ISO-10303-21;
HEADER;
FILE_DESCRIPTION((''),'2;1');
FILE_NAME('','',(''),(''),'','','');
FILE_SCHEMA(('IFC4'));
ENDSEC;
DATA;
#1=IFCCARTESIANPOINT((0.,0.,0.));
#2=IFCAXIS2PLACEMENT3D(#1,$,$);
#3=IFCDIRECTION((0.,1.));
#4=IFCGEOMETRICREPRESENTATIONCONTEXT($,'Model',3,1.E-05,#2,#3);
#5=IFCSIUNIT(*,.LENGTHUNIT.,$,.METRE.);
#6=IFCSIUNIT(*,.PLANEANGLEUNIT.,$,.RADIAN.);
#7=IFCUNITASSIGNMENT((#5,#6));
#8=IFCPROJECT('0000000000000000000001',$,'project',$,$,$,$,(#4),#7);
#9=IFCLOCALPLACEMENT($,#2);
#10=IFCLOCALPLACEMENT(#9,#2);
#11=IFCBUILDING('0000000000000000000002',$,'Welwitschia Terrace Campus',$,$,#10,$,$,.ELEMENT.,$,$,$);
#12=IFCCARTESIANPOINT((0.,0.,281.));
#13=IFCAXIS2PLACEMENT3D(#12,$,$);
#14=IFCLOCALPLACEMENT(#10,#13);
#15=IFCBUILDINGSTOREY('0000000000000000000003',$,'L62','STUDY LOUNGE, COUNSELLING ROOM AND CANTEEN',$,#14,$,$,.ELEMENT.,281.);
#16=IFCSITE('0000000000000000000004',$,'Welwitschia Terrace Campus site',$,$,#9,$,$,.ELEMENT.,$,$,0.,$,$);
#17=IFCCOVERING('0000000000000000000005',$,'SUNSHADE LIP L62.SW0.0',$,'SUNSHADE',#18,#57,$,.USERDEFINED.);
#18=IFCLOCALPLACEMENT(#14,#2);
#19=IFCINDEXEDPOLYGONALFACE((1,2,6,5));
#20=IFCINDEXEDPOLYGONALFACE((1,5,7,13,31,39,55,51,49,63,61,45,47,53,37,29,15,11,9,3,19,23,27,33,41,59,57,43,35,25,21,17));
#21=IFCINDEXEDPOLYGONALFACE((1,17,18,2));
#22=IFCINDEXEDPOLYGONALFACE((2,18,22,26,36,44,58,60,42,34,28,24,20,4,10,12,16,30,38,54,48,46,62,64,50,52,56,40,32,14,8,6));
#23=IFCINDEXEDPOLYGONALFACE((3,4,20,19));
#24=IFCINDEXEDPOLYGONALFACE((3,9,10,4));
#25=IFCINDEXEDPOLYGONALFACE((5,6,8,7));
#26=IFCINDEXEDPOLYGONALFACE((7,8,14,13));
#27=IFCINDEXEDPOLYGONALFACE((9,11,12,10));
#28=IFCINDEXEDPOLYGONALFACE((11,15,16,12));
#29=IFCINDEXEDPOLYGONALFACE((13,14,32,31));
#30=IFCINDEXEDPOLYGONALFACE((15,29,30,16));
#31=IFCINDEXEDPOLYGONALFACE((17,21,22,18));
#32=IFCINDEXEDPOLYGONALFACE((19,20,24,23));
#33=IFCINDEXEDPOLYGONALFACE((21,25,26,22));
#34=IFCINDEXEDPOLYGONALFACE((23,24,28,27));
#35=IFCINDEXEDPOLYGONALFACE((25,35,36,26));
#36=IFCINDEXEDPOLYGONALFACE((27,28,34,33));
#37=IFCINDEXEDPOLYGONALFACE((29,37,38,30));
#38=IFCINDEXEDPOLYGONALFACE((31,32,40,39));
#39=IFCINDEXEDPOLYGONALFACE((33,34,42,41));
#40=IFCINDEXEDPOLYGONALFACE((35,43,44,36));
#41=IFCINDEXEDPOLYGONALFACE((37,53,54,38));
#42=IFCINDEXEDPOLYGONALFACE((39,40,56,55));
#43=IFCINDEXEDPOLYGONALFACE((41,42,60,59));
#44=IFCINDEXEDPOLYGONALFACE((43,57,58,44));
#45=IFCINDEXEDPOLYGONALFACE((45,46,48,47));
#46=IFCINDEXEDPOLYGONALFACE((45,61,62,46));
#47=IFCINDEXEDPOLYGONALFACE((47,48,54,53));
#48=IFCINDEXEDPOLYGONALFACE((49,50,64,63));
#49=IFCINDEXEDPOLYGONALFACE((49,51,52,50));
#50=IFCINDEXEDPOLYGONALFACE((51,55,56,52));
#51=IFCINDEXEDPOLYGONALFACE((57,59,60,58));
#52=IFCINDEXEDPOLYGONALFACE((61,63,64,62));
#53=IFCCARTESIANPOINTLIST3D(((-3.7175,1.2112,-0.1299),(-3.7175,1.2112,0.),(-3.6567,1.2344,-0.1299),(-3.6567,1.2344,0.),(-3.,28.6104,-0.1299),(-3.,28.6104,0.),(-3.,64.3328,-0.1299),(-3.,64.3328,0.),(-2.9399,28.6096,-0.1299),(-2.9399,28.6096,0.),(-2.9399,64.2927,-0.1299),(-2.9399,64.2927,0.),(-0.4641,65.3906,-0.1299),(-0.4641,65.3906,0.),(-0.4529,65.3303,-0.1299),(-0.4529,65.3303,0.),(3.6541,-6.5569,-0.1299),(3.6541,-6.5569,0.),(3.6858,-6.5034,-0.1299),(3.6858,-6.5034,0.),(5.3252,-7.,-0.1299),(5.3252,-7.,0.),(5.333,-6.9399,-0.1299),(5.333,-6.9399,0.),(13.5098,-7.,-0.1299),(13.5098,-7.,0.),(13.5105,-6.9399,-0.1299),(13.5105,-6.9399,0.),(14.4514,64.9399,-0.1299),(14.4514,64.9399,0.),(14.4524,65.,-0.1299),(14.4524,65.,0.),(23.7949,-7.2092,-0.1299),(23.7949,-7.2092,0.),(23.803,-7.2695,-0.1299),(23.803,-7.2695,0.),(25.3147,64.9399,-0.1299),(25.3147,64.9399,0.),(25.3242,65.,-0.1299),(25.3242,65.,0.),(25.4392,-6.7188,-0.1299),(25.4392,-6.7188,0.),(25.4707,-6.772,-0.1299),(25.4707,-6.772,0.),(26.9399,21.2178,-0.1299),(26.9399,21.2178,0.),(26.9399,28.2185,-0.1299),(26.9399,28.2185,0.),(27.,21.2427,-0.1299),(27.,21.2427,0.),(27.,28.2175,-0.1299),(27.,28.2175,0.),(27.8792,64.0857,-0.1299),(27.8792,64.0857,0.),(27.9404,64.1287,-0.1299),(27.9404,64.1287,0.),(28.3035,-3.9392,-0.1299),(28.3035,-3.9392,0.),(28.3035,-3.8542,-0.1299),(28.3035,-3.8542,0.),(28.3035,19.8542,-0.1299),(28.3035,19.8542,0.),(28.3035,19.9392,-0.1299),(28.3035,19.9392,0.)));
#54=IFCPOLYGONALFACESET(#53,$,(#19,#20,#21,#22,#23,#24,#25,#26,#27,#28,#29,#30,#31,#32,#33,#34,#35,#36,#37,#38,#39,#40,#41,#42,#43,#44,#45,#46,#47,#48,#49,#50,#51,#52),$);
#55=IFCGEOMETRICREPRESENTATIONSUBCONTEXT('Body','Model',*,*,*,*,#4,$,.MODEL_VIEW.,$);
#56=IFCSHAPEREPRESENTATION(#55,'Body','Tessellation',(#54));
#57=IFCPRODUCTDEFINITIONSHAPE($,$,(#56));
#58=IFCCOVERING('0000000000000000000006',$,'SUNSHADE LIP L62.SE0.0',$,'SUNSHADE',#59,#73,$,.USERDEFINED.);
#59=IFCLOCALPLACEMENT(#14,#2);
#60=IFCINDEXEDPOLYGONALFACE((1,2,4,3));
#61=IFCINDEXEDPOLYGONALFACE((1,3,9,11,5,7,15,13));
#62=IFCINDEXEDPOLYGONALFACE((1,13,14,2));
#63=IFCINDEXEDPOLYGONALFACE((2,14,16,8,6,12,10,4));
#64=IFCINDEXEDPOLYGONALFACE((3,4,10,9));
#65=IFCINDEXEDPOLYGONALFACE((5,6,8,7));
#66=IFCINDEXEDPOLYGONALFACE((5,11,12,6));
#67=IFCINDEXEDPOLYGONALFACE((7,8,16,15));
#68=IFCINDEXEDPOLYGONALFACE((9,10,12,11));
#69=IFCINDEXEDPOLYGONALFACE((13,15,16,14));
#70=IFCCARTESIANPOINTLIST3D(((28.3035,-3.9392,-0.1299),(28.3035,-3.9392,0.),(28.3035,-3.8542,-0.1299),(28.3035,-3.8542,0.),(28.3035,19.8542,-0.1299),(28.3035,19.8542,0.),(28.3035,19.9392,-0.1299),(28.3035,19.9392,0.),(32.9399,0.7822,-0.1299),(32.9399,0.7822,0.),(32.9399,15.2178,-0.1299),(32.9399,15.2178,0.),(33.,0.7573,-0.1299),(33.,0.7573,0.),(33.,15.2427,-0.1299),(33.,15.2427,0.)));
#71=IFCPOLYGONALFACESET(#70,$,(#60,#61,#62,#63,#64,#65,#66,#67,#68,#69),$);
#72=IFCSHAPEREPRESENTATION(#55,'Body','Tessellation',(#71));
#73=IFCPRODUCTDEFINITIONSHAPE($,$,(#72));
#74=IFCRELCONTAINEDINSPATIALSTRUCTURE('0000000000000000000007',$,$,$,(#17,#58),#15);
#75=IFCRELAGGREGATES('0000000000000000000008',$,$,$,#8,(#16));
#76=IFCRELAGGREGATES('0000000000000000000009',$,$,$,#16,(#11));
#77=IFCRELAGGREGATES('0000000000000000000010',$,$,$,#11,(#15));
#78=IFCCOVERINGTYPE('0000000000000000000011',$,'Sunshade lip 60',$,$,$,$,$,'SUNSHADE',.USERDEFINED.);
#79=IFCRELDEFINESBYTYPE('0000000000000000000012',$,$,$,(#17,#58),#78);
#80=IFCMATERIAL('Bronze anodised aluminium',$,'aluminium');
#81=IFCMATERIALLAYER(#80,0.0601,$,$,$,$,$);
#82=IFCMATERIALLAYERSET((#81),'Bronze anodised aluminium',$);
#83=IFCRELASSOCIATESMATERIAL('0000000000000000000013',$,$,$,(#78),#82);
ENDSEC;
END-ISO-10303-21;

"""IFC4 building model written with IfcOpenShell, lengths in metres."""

from ifc_helpers import new_model, si_unit, direction, frame, origin, place, context, subcontext, project, spatial, polyline, outline, extrude, material, layer, layer_set, type_object, element, save


model = new_model("IFC4")

# Units and contexts
model_context = context("Model", 3, precision=1e-05, world=origin(), true_north=direction((0.0, 1.0)))
body_context = subcontext(model_context, "Body", "Model", "MODEL_VIEW")
ifc_project = project(units=[si_unit("LENGTHUNIT", "METRE"), si_unit("PLANEANGLEUNIT", "RADIAN")], contexts=[model_context])

# Site, building, storey
site_placement = place(None, origin())
site = spatial("IfcSite", under=ifc_project, at=site_placement, Name="Welwitschia Terrace Campus site", CompositionType="ELEMENT", RefElevation=0.0)
building_placement = place(site_placement, origin())
building = spatial("IfcBuilding", under=site, at=building_placement, Name="Welwitschia Terrace Campus", CompositionType="ELEMENT")
storey_placement = place(building_placement, frame((0.0, 0.0, 281.0)))
storey = spatial("IfcBuildingStorey", under=building, at=storey_placement, Name="L62", Description="STUDY LOUNGE, COUNSELLING ROOM AND CANTEEN", CompositionType="ELEMENT", Elevation=281.0)

# Coverings
ifc_material_1 = material(Name="Bronze anodised aluminium", Category="aluminium")
ifc_layer_1 = layer(ifc_material_1, 0.0601)
ifc_layer_set_1 = layer_set([ifc_layer_1], Name="Bronze anodised aluminium")
covering_type_1 = type_object("IfcCoveringType", Name="Sunshade lip 60", ElementType="SUNSHADE", PredefinedType="USERDEFINED", material=ifc_layer_set_1)
covering_1_placement = place(storey_placement, frame((0.0, 0.0, -0.1299)))
element("IfcCovering", 1, at=covering_1_placement, inside=storey, type_object=covering_type_1, Name="SUNSHADE LIP L62.SW0.0", ObjectType="SUNSHADE", PredefinedType="USERDEFINED", context=body_context, shape_type="SweptSolid", body=[
    extrude(outline(polyline([(25.3242, 65.0), (27.9404, 64.1287), (27.0, 28.2175), (27.0, 21.2427), (28.3035, 19.9392), (28.3035, 19.8542), (26.9399, 21.2178), (26.9399, 28.2185), (27.8792, 64.0857), (25.3147, 64.9399), (14.4514, 64.9399), (-0.4529, 65.3303), (-2.9399, 64.2927), (-2.9399, 28.6096), (-3.6567, 1.2344), (3.6858, -6.5034), (5.333, -6.9399), (13.5105, -6.9399), (23.7949, -7.2092), (25.4392, -6.7188), (28.3035, -3.8542), (28.3035, -3.9392), (25.4707, -6.772), (23.803, -7.2695), (13.5098, -7.0), (5.3252, -7.0), (3.6541, -6.5569), (-3.7175, 1.2112), (-3.0, 28.6104), (-3.0, 64.3328), (-0.4641, 65.3906), (14.4524, 65.0), (25.3242, 65.0)])), origin(), (0.0, 0.0, 1.0), 0.1299),
])
covering_2_placement = place(storey_placement, frame((0.0, 0.0, -0.1299)))
element("IfcCovering", 2, at=covering_2_placement, inside=storey, type_object=covering_type_1, Name="SUNSHADE LIP L62.SE0.0", ObjectType="SUNSHADE", PredefinedType="USERDEFINED", context=body_context, shape_type="SweptSolid", body=[
    extrude(outline(polyline([(33.0, 0.7573), (28.3035, -3.9392), (28.3035, -3.8542), (32.9399, 0.7822), (32.9399, 15.2178), (28.3035, 19.8542), (28.3035, 19.9392), (33.0, 15.2427), (33.0, 0.7573)])), origin(), (0.0, 0.0, 1.0), 0.1299),
])

save(model, "model.ifc")
